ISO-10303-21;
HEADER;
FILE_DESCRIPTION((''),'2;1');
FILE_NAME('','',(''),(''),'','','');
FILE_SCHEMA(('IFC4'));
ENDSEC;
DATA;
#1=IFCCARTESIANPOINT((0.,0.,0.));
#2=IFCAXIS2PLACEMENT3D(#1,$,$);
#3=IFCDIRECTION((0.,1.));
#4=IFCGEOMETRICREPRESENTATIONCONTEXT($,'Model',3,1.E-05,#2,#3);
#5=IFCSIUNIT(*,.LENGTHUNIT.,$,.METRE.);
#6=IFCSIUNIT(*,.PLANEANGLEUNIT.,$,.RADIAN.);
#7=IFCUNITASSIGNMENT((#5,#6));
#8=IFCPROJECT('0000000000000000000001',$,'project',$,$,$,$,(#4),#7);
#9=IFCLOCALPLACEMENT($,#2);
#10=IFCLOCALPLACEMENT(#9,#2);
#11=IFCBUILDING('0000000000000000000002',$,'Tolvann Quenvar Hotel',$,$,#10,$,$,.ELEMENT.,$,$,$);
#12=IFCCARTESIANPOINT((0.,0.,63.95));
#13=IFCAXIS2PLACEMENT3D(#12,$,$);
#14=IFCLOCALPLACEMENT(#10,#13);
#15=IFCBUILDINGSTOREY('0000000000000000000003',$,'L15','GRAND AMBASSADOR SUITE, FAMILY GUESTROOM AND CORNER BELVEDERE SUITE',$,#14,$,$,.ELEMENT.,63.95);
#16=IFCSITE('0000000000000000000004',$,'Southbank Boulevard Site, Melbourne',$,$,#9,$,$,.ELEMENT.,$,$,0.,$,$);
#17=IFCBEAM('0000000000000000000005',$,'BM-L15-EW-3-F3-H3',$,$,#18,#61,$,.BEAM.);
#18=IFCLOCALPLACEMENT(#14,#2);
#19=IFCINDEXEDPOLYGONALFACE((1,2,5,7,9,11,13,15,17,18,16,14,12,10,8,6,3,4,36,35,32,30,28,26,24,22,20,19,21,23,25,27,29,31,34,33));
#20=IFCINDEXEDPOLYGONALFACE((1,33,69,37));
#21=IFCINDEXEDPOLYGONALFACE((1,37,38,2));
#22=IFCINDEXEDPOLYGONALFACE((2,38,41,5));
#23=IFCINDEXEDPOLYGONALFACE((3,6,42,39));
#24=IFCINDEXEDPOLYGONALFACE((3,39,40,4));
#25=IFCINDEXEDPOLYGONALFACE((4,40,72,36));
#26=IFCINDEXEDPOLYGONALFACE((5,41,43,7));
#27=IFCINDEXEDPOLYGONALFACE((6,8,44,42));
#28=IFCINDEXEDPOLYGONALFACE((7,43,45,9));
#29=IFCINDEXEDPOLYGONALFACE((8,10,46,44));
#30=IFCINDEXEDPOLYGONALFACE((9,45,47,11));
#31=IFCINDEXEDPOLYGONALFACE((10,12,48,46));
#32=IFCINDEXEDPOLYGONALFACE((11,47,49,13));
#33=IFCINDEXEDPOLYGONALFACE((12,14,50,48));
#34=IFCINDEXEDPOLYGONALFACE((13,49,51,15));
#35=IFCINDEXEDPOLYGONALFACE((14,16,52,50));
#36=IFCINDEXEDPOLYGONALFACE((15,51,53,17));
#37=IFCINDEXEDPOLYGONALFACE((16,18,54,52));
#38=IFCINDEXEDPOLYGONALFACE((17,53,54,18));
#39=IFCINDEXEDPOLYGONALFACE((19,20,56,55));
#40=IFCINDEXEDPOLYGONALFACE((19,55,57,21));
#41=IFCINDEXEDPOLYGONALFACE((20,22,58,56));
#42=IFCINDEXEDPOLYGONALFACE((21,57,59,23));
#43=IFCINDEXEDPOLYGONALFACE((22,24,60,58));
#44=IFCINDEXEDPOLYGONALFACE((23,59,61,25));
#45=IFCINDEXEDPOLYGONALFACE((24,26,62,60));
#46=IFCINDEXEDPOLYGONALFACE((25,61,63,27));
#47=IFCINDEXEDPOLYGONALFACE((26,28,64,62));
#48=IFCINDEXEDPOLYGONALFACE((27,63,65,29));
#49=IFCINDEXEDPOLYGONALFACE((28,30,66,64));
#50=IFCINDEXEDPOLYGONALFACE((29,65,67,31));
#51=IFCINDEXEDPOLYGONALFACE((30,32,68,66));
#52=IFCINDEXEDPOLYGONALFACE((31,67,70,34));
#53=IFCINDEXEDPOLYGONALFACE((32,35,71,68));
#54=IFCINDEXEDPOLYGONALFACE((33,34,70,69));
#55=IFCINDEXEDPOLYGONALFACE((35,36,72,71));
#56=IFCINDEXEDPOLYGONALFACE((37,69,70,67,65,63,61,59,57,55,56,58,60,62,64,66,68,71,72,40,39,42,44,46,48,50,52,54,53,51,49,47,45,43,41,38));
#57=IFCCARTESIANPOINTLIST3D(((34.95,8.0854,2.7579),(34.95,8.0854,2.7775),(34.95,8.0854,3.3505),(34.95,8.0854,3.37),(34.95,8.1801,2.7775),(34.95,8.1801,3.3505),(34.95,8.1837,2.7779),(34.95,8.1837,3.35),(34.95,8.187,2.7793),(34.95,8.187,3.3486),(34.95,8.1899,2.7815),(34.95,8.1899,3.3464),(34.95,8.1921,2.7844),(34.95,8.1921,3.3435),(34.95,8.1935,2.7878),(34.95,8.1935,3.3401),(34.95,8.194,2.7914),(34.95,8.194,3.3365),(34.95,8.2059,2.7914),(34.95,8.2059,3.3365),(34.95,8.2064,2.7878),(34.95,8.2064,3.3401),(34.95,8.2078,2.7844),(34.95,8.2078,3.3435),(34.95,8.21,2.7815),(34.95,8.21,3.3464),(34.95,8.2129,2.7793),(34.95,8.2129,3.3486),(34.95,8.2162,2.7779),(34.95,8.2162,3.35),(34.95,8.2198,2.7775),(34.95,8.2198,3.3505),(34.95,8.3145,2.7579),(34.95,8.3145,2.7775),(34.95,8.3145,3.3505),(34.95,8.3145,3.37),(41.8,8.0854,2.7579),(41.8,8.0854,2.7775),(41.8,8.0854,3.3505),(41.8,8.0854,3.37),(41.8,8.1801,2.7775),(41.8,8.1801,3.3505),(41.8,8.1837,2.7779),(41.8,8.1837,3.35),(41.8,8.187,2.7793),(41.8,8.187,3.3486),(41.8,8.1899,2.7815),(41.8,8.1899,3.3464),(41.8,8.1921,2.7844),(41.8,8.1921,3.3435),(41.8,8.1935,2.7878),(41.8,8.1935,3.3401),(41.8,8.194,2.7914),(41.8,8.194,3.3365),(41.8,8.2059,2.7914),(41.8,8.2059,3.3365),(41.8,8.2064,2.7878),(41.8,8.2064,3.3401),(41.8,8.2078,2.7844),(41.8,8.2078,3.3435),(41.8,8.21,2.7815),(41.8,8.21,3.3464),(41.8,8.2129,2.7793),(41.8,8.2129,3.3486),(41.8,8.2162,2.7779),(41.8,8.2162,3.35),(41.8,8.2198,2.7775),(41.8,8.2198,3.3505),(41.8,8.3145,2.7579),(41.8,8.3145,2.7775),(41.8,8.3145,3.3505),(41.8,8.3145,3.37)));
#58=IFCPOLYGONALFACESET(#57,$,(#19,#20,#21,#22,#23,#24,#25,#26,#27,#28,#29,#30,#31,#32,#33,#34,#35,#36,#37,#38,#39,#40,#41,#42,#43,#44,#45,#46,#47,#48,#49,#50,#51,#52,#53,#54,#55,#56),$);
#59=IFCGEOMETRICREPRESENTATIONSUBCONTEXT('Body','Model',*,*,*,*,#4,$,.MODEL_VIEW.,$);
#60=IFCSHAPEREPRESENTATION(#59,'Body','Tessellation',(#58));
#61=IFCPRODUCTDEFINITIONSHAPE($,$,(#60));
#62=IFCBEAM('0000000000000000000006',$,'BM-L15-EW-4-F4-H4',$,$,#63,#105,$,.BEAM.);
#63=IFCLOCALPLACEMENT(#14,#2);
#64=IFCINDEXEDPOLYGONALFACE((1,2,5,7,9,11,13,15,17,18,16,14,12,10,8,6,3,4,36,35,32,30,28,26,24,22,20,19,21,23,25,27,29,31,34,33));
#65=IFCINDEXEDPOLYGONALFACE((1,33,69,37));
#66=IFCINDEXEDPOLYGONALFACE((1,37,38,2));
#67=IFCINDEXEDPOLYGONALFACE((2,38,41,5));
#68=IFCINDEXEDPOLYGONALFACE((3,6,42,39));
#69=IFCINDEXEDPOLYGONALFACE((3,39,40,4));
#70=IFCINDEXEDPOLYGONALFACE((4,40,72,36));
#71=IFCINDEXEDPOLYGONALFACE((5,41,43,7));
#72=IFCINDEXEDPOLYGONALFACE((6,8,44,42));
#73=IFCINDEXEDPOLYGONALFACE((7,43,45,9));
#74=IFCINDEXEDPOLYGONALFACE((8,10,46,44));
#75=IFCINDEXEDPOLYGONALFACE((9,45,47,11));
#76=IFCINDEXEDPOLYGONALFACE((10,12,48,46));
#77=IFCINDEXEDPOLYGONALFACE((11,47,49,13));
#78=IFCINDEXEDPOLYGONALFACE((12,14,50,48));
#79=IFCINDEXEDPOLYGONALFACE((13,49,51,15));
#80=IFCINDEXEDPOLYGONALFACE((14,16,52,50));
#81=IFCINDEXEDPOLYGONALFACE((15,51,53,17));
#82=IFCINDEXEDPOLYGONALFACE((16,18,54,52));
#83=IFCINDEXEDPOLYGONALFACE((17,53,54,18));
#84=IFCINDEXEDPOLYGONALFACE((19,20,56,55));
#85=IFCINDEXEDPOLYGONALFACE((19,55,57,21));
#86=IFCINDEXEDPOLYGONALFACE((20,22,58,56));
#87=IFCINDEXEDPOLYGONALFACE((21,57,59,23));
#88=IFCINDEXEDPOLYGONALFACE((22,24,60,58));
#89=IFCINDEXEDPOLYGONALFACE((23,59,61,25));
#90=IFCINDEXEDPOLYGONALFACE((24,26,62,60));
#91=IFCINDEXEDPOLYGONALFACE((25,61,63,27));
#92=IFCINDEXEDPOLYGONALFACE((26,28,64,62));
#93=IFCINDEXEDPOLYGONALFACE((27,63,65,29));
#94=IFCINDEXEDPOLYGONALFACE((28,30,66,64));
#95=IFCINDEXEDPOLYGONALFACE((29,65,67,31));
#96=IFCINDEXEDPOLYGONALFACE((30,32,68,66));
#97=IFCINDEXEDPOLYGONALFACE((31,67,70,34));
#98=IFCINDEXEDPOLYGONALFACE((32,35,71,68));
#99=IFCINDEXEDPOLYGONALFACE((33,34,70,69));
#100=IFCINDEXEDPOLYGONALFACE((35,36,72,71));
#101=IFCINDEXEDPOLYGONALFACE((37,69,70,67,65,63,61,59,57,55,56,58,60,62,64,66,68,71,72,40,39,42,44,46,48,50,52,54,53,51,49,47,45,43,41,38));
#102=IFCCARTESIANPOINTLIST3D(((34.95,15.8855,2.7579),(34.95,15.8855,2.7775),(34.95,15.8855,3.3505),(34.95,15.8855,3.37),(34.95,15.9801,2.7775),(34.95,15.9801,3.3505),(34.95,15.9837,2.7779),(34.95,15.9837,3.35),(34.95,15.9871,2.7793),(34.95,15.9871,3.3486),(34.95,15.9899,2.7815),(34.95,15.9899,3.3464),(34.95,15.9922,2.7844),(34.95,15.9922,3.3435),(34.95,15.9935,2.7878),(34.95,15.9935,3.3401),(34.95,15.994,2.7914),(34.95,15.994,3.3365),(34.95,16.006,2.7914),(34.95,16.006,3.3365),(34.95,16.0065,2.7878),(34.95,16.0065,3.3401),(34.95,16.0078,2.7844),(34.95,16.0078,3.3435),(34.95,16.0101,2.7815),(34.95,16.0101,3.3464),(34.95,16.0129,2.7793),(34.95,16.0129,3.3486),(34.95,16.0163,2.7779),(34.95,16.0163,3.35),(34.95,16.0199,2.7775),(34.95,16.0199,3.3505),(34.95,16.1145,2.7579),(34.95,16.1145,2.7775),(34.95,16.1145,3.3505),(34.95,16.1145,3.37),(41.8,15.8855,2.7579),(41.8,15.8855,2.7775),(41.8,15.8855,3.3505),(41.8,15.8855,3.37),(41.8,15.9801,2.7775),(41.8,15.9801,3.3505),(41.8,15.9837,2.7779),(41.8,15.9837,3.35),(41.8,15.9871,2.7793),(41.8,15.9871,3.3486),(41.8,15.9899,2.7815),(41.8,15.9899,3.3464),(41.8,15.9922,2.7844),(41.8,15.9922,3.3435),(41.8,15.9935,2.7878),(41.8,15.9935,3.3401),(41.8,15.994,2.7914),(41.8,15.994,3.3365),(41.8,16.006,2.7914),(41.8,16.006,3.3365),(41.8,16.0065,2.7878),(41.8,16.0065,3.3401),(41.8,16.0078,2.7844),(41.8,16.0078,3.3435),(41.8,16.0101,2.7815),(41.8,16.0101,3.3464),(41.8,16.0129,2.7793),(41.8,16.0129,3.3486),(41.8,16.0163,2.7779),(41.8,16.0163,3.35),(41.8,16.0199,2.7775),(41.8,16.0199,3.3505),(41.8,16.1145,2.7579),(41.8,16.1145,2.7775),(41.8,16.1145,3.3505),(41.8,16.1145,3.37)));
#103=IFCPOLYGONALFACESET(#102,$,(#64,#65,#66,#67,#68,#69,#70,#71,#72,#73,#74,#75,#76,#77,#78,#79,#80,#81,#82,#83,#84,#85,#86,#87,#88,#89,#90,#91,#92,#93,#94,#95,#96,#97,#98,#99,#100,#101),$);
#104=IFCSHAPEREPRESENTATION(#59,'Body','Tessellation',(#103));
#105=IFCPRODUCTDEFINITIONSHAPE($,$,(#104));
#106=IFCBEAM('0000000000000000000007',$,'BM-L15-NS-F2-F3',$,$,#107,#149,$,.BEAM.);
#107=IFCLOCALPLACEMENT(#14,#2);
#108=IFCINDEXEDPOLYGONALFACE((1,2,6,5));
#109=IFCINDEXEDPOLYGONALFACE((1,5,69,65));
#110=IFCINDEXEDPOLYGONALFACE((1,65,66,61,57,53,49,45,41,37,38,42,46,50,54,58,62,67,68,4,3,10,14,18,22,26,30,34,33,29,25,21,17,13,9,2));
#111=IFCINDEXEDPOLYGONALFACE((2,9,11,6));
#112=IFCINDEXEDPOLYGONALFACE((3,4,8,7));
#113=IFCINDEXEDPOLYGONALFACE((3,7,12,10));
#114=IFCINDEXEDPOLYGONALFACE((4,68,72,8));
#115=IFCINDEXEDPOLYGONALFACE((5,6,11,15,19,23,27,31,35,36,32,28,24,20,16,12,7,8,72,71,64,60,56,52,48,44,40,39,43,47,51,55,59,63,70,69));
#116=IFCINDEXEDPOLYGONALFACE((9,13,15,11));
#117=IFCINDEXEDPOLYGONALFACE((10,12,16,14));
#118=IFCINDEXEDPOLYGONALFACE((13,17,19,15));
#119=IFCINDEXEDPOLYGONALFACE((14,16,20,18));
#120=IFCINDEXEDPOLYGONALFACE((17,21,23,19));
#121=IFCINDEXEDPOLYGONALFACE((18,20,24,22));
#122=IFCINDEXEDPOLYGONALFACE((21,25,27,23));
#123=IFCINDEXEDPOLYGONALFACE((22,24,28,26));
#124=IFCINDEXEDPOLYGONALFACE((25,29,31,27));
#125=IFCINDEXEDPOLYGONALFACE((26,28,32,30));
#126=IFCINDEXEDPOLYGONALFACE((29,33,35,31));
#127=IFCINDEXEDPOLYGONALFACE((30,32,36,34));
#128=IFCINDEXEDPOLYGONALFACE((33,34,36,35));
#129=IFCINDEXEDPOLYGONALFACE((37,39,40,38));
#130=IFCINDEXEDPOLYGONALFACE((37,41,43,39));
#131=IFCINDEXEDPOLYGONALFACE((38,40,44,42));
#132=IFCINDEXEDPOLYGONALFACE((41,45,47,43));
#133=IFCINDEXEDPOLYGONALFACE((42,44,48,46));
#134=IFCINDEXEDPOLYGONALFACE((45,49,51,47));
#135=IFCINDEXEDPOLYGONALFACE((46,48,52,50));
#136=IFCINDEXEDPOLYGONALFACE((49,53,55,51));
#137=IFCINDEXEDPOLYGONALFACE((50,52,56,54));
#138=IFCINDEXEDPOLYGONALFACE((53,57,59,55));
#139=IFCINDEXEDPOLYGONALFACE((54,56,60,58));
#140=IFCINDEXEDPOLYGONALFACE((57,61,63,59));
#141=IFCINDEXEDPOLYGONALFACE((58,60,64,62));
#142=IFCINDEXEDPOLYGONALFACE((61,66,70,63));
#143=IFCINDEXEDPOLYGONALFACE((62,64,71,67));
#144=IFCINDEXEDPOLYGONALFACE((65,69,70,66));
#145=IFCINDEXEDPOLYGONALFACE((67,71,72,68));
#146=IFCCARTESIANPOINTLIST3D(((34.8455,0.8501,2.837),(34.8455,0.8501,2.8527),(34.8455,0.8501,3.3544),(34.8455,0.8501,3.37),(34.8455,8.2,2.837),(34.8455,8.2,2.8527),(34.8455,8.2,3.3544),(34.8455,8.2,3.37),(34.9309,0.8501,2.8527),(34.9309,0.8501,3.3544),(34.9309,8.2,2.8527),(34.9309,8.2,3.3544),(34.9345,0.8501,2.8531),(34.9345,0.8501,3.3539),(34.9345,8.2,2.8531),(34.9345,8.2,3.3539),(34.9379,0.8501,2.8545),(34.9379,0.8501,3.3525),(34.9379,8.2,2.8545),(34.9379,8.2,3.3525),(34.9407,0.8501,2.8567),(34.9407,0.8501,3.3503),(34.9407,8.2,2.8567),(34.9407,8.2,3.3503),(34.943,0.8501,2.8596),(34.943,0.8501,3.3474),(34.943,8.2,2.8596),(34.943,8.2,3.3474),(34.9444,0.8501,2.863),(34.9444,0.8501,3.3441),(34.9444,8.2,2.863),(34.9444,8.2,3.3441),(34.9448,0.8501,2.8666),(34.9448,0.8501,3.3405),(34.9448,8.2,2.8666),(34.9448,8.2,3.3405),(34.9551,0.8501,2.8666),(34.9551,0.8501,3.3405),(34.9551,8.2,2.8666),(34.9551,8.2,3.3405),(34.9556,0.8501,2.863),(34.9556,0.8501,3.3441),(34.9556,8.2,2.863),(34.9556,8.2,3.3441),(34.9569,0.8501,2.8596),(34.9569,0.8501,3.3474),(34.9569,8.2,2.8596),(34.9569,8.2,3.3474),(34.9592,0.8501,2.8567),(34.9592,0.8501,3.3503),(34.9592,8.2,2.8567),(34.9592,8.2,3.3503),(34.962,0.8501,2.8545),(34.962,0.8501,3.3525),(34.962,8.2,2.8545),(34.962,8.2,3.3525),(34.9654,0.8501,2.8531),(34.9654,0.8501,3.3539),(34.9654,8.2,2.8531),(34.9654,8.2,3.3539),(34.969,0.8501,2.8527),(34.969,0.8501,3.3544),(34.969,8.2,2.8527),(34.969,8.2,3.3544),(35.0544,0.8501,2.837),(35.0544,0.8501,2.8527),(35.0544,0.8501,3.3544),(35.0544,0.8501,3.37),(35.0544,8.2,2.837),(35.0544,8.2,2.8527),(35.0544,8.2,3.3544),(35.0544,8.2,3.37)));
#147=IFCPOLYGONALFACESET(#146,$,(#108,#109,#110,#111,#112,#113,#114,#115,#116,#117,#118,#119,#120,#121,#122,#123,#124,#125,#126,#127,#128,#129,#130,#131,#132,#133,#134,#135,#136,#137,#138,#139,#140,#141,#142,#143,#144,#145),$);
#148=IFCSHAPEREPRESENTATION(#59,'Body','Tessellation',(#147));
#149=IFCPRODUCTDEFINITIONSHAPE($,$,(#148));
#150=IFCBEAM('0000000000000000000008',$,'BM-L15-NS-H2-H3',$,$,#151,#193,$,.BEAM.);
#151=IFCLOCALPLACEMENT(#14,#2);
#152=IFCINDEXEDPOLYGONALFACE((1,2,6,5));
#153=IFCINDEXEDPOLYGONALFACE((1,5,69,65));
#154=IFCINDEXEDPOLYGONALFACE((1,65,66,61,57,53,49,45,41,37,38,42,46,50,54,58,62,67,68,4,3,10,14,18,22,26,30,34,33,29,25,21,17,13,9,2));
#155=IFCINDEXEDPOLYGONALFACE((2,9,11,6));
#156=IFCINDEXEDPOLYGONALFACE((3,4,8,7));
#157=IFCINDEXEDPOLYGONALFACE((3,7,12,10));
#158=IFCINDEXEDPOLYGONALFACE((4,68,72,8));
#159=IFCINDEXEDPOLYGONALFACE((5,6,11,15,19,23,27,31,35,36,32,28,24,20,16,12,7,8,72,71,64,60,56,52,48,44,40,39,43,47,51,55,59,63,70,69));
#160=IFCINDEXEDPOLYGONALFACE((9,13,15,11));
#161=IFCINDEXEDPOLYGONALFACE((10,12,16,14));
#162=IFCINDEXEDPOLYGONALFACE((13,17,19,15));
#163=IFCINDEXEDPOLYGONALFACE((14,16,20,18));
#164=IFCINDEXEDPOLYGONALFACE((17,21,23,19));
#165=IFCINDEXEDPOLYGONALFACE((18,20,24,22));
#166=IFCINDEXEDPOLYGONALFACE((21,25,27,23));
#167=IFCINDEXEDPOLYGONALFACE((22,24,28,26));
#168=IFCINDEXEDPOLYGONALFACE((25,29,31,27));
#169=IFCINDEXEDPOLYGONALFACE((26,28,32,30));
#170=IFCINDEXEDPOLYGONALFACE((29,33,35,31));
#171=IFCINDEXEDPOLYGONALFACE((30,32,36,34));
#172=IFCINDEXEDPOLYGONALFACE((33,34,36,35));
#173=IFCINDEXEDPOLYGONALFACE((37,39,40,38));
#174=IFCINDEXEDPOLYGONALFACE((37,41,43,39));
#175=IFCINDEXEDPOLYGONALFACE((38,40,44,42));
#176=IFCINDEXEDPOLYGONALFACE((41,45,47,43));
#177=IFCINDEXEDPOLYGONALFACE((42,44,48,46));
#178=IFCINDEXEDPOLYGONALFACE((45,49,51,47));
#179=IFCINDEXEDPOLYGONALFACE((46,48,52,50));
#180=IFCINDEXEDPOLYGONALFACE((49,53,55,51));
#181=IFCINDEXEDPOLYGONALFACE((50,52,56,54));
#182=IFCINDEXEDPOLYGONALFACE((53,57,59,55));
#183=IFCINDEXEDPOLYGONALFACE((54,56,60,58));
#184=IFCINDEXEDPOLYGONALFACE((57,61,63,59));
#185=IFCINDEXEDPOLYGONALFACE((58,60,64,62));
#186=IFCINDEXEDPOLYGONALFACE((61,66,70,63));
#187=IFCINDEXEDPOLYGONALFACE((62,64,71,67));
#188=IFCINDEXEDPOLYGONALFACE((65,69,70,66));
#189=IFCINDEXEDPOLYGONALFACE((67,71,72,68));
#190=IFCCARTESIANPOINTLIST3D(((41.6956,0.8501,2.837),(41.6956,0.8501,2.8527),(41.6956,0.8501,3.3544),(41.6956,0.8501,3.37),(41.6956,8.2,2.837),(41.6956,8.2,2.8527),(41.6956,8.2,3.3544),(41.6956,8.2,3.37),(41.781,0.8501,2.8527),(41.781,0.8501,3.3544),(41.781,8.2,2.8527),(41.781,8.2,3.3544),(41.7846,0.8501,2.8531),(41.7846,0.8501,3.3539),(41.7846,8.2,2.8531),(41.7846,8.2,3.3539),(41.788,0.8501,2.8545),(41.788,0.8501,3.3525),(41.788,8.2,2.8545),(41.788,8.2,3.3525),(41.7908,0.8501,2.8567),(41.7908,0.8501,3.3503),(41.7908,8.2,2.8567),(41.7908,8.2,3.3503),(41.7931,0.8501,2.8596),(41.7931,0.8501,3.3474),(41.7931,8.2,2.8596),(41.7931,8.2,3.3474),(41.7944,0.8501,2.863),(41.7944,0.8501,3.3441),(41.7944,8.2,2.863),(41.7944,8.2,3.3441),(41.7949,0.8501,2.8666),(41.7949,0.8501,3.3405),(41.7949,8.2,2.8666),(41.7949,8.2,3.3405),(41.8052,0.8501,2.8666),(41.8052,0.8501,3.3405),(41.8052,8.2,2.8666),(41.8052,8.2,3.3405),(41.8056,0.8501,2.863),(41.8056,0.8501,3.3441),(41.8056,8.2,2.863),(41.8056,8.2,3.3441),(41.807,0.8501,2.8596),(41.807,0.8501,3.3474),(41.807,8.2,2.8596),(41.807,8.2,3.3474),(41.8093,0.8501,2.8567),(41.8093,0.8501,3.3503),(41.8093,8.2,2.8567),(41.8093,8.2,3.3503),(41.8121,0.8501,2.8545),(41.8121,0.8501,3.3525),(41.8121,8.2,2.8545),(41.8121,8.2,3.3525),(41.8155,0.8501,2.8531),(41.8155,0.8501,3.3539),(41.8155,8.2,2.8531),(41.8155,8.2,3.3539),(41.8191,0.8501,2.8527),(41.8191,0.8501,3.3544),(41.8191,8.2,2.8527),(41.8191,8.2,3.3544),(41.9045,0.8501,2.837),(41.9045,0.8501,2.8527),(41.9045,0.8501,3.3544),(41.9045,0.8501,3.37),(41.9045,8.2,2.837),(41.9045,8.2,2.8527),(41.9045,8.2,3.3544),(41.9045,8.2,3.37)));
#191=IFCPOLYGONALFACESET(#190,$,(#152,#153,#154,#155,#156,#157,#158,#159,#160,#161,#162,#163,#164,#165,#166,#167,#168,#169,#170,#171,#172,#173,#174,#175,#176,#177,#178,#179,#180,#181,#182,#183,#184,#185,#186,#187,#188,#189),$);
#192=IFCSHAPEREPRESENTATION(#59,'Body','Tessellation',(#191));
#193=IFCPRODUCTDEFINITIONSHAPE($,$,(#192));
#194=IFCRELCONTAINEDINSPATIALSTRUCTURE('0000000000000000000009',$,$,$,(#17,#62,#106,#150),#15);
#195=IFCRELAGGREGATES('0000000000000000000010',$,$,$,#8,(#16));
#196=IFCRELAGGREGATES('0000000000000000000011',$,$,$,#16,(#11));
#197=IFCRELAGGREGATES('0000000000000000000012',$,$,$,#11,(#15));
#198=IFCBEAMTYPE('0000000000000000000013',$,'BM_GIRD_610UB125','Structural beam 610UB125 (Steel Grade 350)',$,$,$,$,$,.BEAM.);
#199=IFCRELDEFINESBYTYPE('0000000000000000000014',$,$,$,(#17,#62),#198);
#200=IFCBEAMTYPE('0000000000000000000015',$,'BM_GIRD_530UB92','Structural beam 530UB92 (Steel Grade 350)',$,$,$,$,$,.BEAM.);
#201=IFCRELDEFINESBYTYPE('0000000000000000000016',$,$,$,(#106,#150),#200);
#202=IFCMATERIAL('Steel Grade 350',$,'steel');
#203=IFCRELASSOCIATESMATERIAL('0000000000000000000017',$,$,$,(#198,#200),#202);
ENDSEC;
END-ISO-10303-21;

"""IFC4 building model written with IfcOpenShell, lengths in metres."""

from ifc_helpers import new_model, si_unit, direction, frame, origin, origin_2d, place, context, subcontext, project, spatial, i_section, extrude, source, transform, mapped, material, material_profile, profile_set, type_object, element, save


model = new_model("IFC4")

# Units and contexts
model_context = context("Model", 3, precision=1e-05, world=origin(), true_north=direction((0.0, 1.0)))
body_context = subcontext(model_context, "Body", "Model", "MODEL_VIEW")
ifc_project = project(units=[si_unit("LENGTHUNIT", "METRE"), si_unit("PLANEANGLEUNIT", "RADIAN")], contexts=[model_context])

# Site, building, storey
site_placement = place(None, origin())
site = spatial("IfcSite", under=ifc_project, at=site_placement, Name="Southbank Boulevard Site, Melbourne", CompositionType="ELEMENT", RefElevation=0.0)
building_placement = place(site_placement, origin())
building = spatial("IfcBuilding", under=site, at=building_placement, Name="Tolvann Quenvar Hotel", CompositionType="ELEMENT")
storey_placement = place(building_placement, frame((0.0, 0.0, 63.95)))
storey = spatial("IfcBuildingStorey", under=building, at=storey_placement, Name="L15", Description="GRAND AMBASSADOR SUITE, FAMILY GUESTROOM AND CORNER BELVEDERE SUITE", CompositionType="ELEMENT", Elevation=63.95)

# Shared definitions
ifc_material_1 = material(Name="Steel Grade 350", Category="steel")

# Beams
ifc_material_profile_1 = material_profile(ifc_material_1, i_section(OverallWidth=0.229, OverallDepth=0.6121, WebThickness=0.012, FlangeThickness=0.0195, FilletRadius=0.0139, at=origin_2d()), Name="610UB125")
ifc_profile_set_1 = profile_set([ifc_material_profile_1], Name="Steel Grade 350")
beam_type_1 = type_object("IfcBeamType", Name="BM_GIRD_610UB125", Description="Structural beam 610UB125 (Steel Grade 350)", PredefinedType="BEAM", material=ifc_profile_set_1)
shared_shape_1 = source(origin(), body_context, "Body", "SweptSolid", [
    extrude(i_section(OverallWidth=0.229, OverallDepth=0.6121, WebThickness=0.012, FlangeThickness=0.0195, FilletRadius=0.0139, at=origin_2d()), origin(), (0.0, 0.0, 1.0), 6.8501),
])
for number, where, z_axis, x_axis, name in (
    (1, (34.95, 8.2, 3.064), (1.0, 0.0, 0.0), (0.0, 1.0, 0.0), "BM-L15-EW-3-F3-H3"),
    (2, (34.95, 16.0, 3.064), (1.0, 0.0, 0.0), (0.0, 1.0, 0.0), "BM-L15-EW-4-F4-H4"),
):
    element("IfcBeam", number, at=place(storey_placement, frame(where, z_axis=z_axis, x_axis=x_axis)), inside=storey, type_object=beam_type_1, Name=name, PredefinedType="BEAM", context=body_context, shape_type="MappedRepresentation", body=[
        mapped(shared_shape_1, transform((0.0, 0.0, 0.0), x_axis=(1.0, 0.0, 0.0), y_axis=(0.0, 1.0, 0.0), z_axis=(0.0, 0.0, 1.0), scale=1.0)),
    ])
ifc_material_profile_2 = material_profile(ifc_material_1, i_section(OverallWidth=0.209, OverallDepth=0.533, WebThickness=0.0103, FlangeThickness=0.0156, FilletRadius=0.0139, at=origin_2d()), Name="530UB92")
ifc_profile_set_2 = profile_set([ifc_material_profile_2], Name="Steel Grade 350")
beam_type_2 = type_object("IfcBeamType", Name="BM_GIRD_530UB92", Description="Structural beam 530UB92 (Steel Grade 350)", PredefinedType="BEAM", material=ifc_profile_set_2)
shared_shape_2 = source(origin(), body_context, "Body", "SweptSolid", [
    extrude(i_section(OverallWidth=0.209, OverallDepth=0.533, WebThickness=0.0103, FlangeThickness=0.0156, FilletRadius=0.0139, at=origin_2d()), origin(), (0.0, 0.0, 1.0), 7.3499),
])
for number, where, z_axis, x_axis, name in (
    (3, (34.95, 0.8501, 3.1035), (0.0, 1.0, 0.0), (-1.0, 0.0, 0.0), "BM-L15-NS-F2-F3"),
    (4, (41.8, 0.8501, 3.1035), (0.0, 1.0, 0.0), (-1.0, 0.0, 0.0), "BM-L15-NS-H2-H3"),
):
    element("IfcBeam", number, at=place(storey_placement, frame(where, z_axis=z_axis, x_axis=x_axis)), inside=storey, type_object=beam_type_2, Name=name, PredefinedType="BEAM", context=body_context, shape_type="MappedRepresentation", body=[
        mapped(shared_shape_2, transform((0.0, 0.0, 0.0), x_axis=(1.0, 0.0, 0.0), y_axis=(0.0, 1.0, 0.0), z_axis=(0.0, 0.0, 1.0), scale=1.0)),
    ])

save(model, "model.ifc")
